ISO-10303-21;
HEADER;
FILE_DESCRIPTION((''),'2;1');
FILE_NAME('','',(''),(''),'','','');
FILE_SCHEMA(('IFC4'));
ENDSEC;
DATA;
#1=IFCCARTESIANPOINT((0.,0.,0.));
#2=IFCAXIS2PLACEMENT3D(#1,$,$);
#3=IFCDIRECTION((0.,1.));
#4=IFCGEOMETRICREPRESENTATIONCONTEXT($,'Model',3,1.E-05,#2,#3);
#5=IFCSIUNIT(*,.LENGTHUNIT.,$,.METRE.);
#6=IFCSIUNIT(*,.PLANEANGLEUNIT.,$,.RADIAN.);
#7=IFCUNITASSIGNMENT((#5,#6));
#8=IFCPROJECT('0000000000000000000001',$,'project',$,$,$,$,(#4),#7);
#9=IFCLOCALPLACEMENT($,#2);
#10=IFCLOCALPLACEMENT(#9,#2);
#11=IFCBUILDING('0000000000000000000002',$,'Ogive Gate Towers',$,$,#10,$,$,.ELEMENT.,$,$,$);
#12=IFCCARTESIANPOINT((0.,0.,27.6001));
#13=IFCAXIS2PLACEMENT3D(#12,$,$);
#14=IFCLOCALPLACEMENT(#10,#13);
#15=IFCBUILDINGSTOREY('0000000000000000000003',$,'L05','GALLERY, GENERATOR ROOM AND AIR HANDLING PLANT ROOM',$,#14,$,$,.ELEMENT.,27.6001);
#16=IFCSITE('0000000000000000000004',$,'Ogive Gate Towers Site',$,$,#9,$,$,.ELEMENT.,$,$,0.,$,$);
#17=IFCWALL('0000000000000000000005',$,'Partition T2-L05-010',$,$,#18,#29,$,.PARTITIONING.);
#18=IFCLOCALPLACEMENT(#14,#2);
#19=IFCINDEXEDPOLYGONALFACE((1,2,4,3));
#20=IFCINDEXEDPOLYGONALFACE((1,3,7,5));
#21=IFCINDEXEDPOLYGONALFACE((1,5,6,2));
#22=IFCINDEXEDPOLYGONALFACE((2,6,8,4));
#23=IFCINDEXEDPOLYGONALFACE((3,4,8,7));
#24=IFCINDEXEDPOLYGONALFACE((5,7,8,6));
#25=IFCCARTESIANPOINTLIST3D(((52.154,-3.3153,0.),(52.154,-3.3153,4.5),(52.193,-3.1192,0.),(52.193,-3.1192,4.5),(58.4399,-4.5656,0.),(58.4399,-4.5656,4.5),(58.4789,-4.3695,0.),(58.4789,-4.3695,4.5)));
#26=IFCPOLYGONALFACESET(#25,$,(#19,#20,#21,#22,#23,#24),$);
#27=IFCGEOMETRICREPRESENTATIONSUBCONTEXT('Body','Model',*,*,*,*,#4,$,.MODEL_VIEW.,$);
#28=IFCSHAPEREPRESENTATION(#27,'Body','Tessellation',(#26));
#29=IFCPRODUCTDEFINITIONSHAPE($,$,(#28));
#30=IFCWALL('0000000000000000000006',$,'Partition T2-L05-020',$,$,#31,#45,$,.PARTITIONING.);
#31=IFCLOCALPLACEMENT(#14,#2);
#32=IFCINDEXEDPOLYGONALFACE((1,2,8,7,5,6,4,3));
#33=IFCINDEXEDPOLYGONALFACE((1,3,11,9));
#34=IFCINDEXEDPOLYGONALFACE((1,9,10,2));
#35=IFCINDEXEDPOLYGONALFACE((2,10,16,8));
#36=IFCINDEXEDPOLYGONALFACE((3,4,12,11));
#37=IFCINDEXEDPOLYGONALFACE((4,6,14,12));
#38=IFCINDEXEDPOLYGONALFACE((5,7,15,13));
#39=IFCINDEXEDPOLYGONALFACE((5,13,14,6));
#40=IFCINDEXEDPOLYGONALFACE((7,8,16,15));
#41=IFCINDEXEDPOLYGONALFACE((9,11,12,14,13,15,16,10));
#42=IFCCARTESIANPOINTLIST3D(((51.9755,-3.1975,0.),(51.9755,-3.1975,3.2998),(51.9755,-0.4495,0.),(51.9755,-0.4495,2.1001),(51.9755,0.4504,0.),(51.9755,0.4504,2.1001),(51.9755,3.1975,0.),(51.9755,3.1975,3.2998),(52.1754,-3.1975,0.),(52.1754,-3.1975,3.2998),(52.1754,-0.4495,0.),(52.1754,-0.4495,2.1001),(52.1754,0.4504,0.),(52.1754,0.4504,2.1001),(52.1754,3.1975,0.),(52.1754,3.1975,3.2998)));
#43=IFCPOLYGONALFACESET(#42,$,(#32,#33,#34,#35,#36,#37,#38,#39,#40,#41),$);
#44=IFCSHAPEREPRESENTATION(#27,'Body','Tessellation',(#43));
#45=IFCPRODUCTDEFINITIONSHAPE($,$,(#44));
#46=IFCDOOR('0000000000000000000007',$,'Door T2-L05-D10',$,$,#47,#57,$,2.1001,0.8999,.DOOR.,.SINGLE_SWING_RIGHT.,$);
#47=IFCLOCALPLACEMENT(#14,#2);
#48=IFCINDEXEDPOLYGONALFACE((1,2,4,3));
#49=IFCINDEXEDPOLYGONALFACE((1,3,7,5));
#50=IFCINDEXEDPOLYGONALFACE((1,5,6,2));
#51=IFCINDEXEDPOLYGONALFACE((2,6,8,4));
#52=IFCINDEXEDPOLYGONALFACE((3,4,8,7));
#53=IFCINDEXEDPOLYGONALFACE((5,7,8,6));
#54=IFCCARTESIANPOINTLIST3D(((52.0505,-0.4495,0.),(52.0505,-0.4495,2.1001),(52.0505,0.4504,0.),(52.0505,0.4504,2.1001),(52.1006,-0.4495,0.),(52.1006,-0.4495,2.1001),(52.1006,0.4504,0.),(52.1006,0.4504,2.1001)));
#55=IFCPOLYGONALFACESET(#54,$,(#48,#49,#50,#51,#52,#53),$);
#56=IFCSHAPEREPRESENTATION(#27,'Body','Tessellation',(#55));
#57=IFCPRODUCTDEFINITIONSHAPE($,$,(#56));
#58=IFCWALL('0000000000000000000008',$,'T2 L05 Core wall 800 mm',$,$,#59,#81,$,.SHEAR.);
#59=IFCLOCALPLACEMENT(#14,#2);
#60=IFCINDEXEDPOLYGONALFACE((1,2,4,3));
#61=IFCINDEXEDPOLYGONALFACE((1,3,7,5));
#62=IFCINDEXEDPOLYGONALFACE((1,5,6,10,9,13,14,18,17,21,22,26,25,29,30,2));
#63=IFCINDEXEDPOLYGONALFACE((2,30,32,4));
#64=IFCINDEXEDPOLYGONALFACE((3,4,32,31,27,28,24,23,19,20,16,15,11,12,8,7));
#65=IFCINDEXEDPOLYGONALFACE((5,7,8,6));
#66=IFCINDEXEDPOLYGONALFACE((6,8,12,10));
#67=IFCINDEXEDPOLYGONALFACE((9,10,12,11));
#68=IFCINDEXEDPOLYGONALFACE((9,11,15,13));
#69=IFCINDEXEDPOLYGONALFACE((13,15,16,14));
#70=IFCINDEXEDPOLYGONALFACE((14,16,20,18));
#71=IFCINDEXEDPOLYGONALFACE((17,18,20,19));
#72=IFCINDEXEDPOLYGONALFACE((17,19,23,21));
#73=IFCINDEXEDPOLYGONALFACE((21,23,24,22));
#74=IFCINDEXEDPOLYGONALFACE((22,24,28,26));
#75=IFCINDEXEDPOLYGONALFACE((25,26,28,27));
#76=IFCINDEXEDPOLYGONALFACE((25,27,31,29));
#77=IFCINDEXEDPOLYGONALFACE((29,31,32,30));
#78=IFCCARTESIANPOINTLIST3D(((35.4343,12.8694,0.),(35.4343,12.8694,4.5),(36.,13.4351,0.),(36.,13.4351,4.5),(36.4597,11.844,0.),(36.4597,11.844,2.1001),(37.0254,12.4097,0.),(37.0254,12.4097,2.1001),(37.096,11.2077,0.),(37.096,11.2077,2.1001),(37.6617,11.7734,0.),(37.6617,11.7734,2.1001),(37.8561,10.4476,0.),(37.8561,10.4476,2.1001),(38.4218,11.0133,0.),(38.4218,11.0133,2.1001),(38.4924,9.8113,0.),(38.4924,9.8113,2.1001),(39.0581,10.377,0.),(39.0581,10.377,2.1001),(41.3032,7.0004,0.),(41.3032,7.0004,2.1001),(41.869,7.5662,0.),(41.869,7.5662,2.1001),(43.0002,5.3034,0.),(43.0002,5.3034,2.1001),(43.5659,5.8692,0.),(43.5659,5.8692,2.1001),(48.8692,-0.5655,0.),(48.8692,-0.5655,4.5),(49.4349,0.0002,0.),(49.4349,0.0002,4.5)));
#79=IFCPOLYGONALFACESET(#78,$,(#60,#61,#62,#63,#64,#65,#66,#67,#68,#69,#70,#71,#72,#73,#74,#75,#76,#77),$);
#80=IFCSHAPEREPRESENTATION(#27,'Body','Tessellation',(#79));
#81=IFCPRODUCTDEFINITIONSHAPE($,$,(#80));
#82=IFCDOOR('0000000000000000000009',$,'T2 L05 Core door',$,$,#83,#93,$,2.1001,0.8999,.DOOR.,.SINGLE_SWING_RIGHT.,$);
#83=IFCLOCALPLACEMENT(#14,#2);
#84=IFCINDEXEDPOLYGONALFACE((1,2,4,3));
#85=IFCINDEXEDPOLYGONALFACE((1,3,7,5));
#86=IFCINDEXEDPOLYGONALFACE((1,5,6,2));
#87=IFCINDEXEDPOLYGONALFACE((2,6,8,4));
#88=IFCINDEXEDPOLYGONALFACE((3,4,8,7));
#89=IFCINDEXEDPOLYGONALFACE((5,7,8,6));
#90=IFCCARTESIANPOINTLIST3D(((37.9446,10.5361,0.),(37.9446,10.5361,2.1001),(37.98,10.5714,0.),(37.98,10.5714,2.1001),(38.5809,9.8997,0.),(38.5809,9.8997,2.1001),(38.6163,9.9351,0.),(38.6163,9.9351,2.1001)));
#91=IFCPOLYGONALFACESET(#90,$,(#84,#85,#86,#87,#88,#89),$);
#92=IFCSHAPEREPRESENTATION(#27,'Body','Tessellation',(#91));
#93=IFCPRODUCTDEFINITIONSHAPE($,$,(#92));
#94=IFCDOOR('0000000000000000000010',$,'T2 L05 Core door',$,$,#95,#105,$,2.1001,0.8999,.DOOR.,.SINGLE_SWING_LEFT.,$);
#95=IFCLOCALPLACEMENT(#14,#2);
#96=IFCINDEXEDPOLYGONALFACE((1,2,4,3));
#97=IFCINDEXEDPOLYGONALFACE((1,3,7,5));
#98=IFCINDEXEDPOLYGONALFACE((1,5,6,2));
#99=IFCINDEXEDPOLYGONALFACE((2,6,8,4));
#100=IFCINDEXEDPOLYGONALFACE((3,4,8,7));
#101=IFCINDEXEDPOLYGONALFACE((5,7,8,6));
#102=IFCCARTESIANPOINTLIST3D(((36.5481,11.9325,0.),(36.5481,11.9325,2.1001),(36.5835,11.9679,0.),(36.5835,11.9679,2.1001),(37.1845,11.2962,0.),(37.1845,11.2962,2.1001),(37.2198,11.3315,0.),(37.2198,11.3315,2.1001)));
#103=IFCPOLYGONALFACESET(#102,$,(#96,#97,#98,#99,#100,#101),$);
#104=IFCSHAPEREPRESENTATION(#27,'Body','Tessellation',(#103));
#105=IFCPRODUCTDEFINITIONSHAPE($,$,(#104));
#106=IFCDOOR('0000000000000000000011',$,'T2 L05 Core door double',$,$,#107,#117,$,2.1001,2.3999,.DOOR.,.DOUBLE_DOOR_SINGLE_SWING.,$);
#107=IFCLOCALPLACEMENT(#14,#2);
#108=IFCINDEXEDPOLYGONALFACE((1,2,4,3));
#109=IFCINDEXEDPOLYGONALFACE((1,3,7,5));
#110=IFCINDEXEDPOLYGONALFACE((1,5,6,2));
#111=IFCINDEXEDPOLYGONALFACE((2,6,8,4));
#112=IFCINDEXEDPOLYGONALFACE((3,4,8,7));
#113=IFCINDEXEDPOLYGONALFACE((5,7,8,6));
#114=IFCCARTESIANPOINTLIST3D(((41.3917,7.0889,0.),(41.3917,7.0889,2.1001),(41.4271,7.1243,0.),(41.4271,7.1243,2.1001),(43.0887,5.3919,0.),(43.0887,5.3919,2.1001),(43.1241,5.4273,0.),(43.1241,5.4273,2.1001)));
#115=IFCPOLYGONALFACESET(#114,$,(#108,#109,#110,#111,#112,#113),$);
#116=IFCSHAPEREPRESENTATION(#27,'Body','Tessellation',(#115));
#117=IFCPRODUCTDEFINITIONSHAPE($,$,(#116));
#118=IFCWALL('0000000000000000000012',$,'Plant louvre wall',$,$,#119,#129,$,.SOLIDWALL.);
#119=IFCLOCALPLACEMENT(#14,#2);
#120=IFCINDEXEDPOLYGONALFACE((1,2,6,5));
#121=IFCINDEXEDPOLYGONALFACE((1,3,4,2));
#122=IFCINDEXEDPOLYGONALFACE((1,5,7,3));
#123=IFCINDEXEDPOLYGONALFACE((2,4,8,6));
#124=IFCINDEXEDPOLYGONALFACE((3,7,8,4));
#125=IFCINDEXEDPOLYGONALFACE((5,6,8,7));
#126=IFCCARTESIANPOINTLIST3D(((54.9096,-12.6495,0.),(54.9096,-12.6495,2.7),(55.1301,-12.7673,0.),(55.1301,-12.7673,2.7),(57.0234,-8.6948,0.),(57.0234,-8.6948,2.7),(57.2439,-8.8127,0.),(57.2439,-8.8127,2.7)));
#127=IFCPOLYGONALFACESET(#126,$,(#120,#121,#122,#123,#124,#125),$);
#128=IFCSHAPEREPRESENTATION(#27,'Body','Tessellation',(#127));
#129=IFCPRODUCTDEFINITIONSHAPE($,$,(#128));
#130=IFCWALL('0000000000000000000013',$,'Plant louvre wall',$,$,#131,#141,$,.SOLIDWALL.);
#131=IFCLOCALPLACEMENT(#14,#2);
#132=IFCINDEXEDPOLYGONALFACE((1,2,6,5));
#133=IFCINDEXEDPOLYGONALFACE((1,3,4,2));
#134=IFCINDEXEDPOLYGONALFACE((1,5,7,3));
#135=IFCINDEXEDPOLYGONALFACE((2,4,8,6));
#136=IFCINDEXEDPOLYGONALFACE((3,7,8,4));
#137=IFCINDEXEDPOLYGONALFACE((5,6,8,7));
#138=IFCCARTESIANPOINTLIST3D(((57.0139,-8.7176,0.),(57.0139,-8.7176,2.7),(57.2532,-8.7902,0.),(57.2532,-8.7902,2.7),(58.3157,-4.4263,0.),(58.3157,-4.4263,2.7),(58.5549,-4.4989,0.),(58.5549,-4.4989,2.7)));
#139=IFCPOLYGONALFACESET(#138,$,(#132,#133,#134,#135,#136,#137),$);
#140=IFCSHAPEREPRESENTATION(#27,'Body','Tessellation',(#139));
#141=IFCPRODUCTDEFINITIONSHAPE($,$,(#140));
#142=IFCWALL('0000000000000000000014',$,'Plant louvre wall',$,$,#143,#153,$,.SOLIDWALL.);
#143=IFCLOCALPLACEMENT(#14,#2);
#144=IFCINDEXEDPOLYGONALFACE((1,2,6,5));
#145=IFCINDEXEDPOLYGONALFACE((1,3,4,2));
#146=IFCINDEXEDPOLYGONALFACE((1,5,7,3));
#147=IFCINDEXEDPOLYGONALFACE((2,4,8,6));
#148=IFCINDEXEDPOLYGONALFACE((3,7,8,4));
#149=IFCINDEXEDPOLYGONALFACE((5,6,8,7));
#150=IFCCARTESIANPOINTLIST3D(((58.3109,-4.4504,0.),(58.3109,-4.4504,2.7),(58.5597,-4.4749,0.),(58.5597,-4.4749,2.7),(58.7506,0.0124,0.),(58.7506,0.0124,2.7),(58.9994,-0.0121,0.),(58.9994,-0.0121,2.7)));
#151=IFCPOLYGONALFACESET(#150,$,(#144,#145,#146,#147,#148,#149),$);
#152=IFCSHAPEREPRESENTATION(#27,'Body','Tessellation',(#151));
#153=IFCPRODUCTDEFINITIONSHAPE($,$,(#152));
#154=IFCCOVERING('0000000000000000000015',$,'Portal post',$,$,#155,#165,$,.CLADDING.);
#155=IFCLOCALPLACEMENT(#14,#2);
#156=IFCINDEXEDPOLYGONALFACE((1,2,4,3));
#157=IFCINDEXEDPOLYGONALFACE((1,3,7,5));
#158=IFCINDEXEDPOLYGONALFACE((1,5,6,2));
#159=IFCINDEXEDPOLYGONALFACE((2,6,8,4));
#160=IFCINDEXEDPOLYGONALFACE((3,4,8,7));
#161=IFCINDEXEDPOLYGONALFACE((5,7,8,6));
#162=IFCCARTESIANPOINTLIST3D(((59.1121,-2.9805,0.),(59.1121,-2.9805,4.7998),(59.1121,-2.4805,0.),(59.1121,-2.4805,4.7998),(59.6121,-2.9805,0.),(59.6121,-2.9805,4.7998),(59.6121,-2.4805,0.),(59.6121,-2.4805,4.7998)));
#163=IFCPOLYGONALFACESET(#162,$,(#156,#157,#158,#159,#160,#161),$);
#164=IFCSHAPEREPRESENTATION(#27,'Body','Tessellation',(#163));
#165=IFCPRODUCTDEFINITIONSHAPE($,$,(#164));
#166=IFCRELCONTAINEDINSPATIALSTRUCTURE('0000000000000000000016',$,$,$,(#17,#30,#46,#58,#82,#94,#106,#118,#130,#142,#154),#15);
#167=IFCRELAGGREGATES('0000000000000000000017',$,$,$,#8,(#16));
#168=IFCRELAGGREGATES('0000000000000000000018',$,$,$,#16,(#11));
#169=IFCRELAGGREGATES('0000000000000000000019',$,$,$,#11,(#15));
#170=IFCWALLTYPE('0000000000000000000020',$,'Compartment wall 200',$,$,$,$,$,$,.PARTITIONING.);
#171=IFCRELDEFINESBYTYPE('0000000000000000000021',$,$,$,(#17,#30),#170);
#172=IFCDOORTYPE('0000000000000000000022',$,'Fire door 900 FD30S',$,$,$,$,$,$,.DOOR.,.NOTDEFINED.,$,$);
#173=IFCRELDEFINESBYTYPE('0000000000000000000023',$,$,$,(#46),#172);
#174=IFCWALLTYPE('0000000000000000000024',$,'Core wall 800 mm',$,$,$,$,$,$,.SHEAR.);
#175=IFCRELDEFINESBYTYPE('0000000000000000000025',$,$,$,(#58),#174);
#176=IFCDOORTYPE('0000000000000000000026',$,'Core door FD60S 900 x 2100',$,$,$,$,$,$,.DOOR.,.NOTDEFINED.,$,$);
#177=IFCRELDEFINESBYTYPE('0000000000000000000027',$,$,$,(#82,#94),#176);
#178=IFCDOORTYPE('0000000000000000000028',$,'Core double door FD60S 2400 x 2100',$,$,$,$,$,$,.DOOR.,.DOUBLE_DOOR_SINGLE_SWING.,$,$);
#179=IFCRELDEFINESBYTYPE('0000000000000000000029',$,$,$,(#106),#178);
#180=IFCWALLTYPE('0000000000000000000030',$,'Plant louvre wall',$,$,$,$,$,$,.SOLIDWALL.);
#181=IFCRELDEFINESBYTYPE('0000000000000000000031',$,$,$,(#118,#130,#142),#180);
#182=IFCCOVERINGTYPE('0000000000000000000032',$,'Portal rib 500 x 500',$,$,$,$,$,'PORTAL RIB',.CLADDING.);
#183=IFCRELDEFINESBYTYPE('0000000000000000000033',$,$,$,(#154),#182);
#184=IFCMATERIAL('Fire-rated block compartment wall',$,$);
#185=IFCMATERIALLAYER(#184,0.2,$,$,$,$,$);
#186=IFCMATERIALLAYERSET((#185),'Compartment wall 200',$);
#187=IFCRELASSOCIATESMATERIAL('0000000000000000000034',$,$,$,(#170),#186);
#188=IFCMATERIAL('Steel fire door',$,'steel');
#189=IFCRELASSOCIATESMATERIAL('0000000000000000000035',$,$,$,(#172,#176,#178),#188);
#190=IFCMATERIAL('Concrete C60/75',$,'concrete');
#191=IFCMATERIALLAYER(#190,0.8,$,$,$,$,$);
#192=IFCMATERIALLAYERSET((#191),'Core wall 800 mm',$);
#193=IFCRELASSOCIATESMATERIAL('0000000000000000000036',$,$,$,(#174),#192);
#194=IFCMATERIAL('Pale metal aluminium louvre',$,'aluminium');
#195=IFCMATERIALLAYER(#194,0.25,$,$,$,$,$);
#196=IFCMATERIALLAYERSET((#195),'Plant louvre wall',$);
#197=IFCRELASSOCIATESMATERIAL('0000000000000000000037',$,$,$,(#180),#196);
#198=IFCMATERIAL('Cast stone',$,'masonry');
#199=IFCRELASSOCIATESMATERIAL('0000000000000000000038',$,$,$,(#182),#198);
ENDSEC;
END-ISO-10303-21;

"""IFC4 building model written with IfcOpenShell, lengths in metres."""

from ifc_helpers import new_model, si_unit, direction, frame, frame_2d, origin, origin_2d, place, context, subcontext, project, spatial, rectangle, extrude, material, layer, layer_set, material_profile, profile_set, type_object, element, fill, save


model = new_model("IFC4")

# Units and contexts
model_context = context("Model", 3, precision=1e-05, world=origin(), true_north=direction((0.0, 1.0)))
body_context = subcontext(model_context, "Body", "Model", "MODEL_VIEW")
ifc_project = project(units=[si_unit("LENGTHUNIT", "METRE"), si_unit("PLANEANGLEUNIT", "RADIAN")], contexts=[model_context])

# Site, building, storey
site_placement = place(None, origin())
site = spatial("IfcSite", under=ifc_project, at=site_placement, Name="Ogive Gate Towers Site", CompositionType="ELEMENT", RefElevation=0.0)
building_placement = place(site_placement, origin())
building = spatial("IfcBuilding", under=site, at=building_placement, Name="Ogive Gate Towers", CompositionType="ELEMENT")
storey_placement = place(building_placement, frame((0.0, 0.0, 27.6001)))
storey = spatial("IfcBuildingStorey", under=building, at=storey_placement, Name="L05", Description="GALLERY, GENERATOR ROOM AND AIR HANDLING PLANT ROOM", CompositionType="ELEMENT", Elevation=27.6001)

# Wall
ifc_material_1 = material(Name="Fire-rated block compartment wall")
ifc_layer_1 = layer(ifc_material_1, 0.2)
ifc_layer_set_1 = layer_set([ifc_layer_1], Name="Compartment wall 200")
wall_type_1 = type_object("IfcWallType", Name="Compartment wall 200", PredefinedType="PARTITIONING", material=ifc_layer_set_1)
wall_1_placement = place(storey_placement, frame((58.4595, -4.4675, 0.0), z_axis=(0.0, 0.0, 1.0), x_axis=(-0.980788, 0.195076, 0.0)))
element("IfcWall", 1, at=wall_1_placement, inside=storey, type_object=wall_type_1, Name="Partition T2-L05-010", PredefinedType="PARTITIONING", context=body_context, shape_type="SweptSolid", body=[
    extrude(rectangle(XDim=6.4089, YDim=0.2, at=frame_2d((3.2046, 0.0))), origin(), (0.0, 0.0, 1.0), 4.5),
])

# Wall, opening, door
wall_2_placement = place(storey_placement, frame((52.0754, -3.1975, 0.0), z_axis=(0.0, 0.0, 1.0), x_axis=(0.0, 1.0, 0.0)))
wall_2 = element("IfcWall", 2, at=wall_2_placement, inside=storey, type_object=wall_type_1, Name="Partition T2-L05-020", PredefinedType="PARTITIONING", context=body_context, shape_type="SweptSolid", body=[
    extrude(rectangle(XDim=6.395, YDim=0.2, at=frame_2d((3.1975, 0.0))), origin(), (0.0, 0.0, 1.0), 3.2998),
])
opening_1_placement = place(wall_2_placement, frame((2.748, 0.0, 0.0)))
opening_1 = element("IfcOpeningElement", 3, at=opening_1_placement, cuts=wall_2, PredefinedType="OPENING", context=body_context, shape_type="SweptSolid", body=[
    extrude(rectangle(XDim=0.8999, YDim=2.1001, at=frame_2d((0.45, 1.05))), frame((0.0, 0.1099, 0.0), z_axis=(0.0, -1.0, 0.0), x_axis=(1.0, 0.0, 0.0)), (0.0, 0.0, 1.0), 0.22),
])
ifc_material_2 = material(Name="Steel fire door", Category="steel")
door_type_1 = type_object("IfcDoorType", Name="Fire door 900 FD30S", OperationType="NOTDEFINED", PredefinedType="DOOR", material=ifc_material_2)
door_1_placement = place(opening_1_placement, origin())
door_1 = element("IfcDoor", 4, at=door_1_placement, inside=storey, type_object=door_type_1, Name="Door T2-L05-D10", OperationType="SINGLE_SWING_RIGHT", OverallHeight=2.1001, OverallWidth=0.8999, PredefinedType="DOOR", context=body_context, shape_type="SweptSolid", body=[
    extrude(rectangle(XDim=0.8999, YDim=2.1001, at=frame_2d((0.45, 1.05))), frame((0.0, 0.0249, 0.0), z_axis=(0.0, -1.0, 0.0), x_axis=(1.0, 0.0, 0.0)), (0.0, 0.0, 1.0), 0.05),
])
fill(opening_1, door_1)

# Wall, openings, doors
ifc_material_3 = material(Name="Concrete C60/75", Category="concrete")
ifc_layer_2 = layer(ifc_material_3, 0.8)
ifc_layer_set_2 = layer_set([ifc_layer_2], Name="Core wall 800 mm")
wall_type_2 = type_object("IfcWallType", Name="Core wall 800 mm", PredefinedType="SHEAR", material=ifc_layer_set_2)
wall_3_placement = place(storey_placement, frame((49.1521, -0.2827, 0.0), z_axis=(0.0, 0.0, 1.0), x_axis=(-0.707107, 0.707107, 0.0)))
wall_3 = element("IfcWall", 5, at=wall_3_placement, inside=storey, type_object=wall_type_2, Name="T2 L05 Core wall 800 mm", PredefinedType="SHEAR", context=body_context, shape_type="SweptSolid", body=[
    extrude(rectangle(XDim=18.9998, YDim=0.8, at=frame_2d((9.5, 0.0))), origin(), (0.0, 0.0, 1.0), 4.5),
])
opening_2_placement = place(wall_3_placement, frame((8.3, 0.0, 0.0)))
opening_2 = element("IfcOpeningElement", 6, at=opening_2_placement, cuts=wall_3, PredefinedType="OPENING", context=body_context, shape_type="SweptSolid", body=[
    extrude(rectangle(XDim=2.3999, YDim=2.1001, at=frame_2d((1.2, 1.05))), frame((0.0, 0.4102, 0.0), z_axis=(0.0, -1.0, 0.0), x_axis=(1.0, 0.0, 0.0)), (0.0, 0.0, 1.0), 0.8201),
])
opening_3_placement = place(wall_3_placement, frame((14.675, 0.0, 0.0)))
opening_3 = element("IfcOpeningElement", 7, at=opening_3_placement, cuts=wall_3, PredefinedType="OPENING", context=body_context, shape_type="SweptSolid", body=[
    extrude(rectangle(XDim=0.8999, YDim=2.1001, at=frame_2d((0.45, 1.05))), frame((0.0, 0.4102, 0.0), z_axis=(0.0, -1.0, 0.0), x_axis=(1.0, 0.0, 0.0)), (0.0, 0.0, 1.0), 0.8201),
])
opening_4_placement = place(wall_3_placement, frame((16.6499, 0.0, 0.0)))
opening_4 = element("IfcOpeningElement", 8, at=opening_4_placement, cuts=wall_3, PredefinedType="OPENING", context=body_context, shape_type="SweptSolid", body=[
    extrude(rectangle(XDim=0.8999, YDim=2.1001, at=frame_2d((0.45, 1.05))), frame((0.0, 0.4102, 0.0), z_axis=(0.0, -1.0, 0.0), x_axis=(1.0, 0.0, 0.0)), (0.0, 0.0, 1.0), 0.8201),
])
door_type_2 = type_object("IfcDoorType", Name="Core door FD60S 900 x 2100", OperationType="NOTDEFINED", PredefinedType="DOOR", material=ifc_material_2)
door_2_placement = place(opening_3_placement, origin())
door_2 = element("IfcDoor", 9, at=door_2_placement, inside=storey, type_object=door_type_2, Name="T2 L05 Core door", OperationType="SINGLE_SWING_RIGHT", OverallHeight=2.1001, OverallWidth=0.8999, PredefinedType="DOOR", context=body_context, shape_type="SweptSolid", body=[
    extrude(rectangle(XDim=0.8999, YDim=2.1001, at=frame_2d((0.45, 1.05))), frame((0.0, 0.2749, 0.0), z_axis=(0.0, -1.0, 0.0), x_axis=(1.0, 0.0, 0.0)), (0.0, 0.0, 1.0), 0.05),
])
fill(opening_3, door_2)
door_3_placement = place(opening_4_placement, origin())
door_3 = element("IfcDoor", 10, at=door_3_placement, inside=storey, type_object=door_type_2, Name="T2 L05 Core door", OperationType="SINGLE_SWING_LEFT", OverallHeight=2.1001, OverallWidth=0.8999, PredefinedType="DOOR", context=body_context, shape_type="SweptSolid", body=[
    extrude(rectangle(XDim=0.8999, YDim=2.1001, at=frame_2d((0.45, 1.05))), frame((0.0, 0.2749, 0.0), z_axis=(0.0, -1.0, 0.0), x_axis=(1.0, 0.0, 0.0)), (0.0, 0.0, 1.0), 0.05),
])
fill(opening_4, door_3)
door_type_3 = type_object("IfcDoorType", Name="Core double door FD60S 2400 x 2100", OperationType="DOUBLE_DOOR_SINGLE_SWING", PredefinedType="DOOR", material=ifc_material_2)
door_4_placement = place(opening_2_placement, origin())
door_4 = element("IfcDoor", 11, at=door_4_placement, inside=storey, type_object=door_type_3, Name="T2 L05 Core door double", OperationType="DOUBLE_DOOR_SINGLE_SWING", OverallHeight=2.1001, OverallWidth=2.3999, PredefinedType="DOOR", context=body_context, shape_type="SweptSolid", body=[
    extrude(rectangle(XDim=2.3999, YDim=2.1001, at=frame_2d((1.2, 1.05))), frame((0.0, 0.2749, 0.0), z_axis=(0.0, -1.0, 0.0), x_axis=(1.0, 0.0, 0.0)), (0.0, 0.0, 1.0), 0.05),
])
fill(opening_2, door_4)

# Walls
ifc_material_4 = material(Name="Pale metal aluminium louvre", Category="aluminium")
ifc_layer_3 = layer(ifc_material_4, 0.25)
ifc_layer_set_3 = layer_set([ifc_layer_3], Name="Plant louvre wall")
wall_type_3 = type_object("IfcWallType", Name="Plant louvre wall", PredefinedType="SOLIDWALL", material=ifc_layer_set_3)
wall_4_placement = place(storey_placement, frame((55.0198, -12.7085, 0.0), z_axis=(0.0, 0.0, 1.0), x_axis=(0.471396, 0.881922, 0.0)))
element("IfcWall", 12, at=wall_4_placement, inside=storey, type_object=wall_type_3, Name="Plant louvre wall", PredefinedType="SOLIDWALL", context=body_context, shape_type="SweptSolid", body=[
    extrude(rectangle(XDim=4.4841, YDim=0.25, at=frame_2d((2.2422, 0.0))), origin(), (0.0, 0.0, 1.0), 2.7),
])
for number, where, z_axis, x_axis, name in (
    (13, (57.1335, -8.7539, 0.0), (0.0, 0.0, 1.0), (0.290288, 0.956939, 0.0), "Plant louvre wall"),
    (14, (58.4353, -4.4626, 0.0), (0.0, 0.0, 1.0), (0.098054, 0.995181, 0.0), "Plant louvre wall"),
):
    element("IfcWall", number, at=place(storey_placement, frame(where, z_axis=z_axis, x_axis=x_axis)), inside=storey, type_object=wall_type_3, Name=name, PredefinedType="SOLIDWALL", context=body_context, shape_type="SweptSolid", body=[
        extrude(rectangle(XDim=4.4844, YDim=0.25, at=frame_2d((2.2422, 0.0))), origin(), (0.0, 0.0, 1.0), 2.7),
    ])

# Covering
ifc_material_5 = material(Name="Cast stone", Category="masonry")
ifc_material_profile_1 = material_profile(ifc_material_5, rectangle(XDim=0.5, YDim=0.5, at=origin_2d()), Name="500 x 500 cast stone")
ifc_profile_set_1 = profile_set([ifc_material_profile_1], Name="Cast stone")
covering_type = type_object("IfcCoveringType", Name="Portal rib 500 x 500", ElementType="PORTAL RIB", PredefinedType="CLADDING", material=ifc_profile_set_1)
for number, where, z_axis, x_axis, name in (
    (15, (59.3621, -2.7305, 0.0), (0.0, 0.0, 1.0), (1.0, 0.0, 0.0), "Portal post"),
):
    element("IfcCovering", number, at=place(storey_placement, frame(where, z_axis=z_axis, x_axis=x_axis)), inside=storey, type_object=covering_type, Name=name, PredefinedType="CLADDING", context=body_context, shape_type="SweptSolid", body=[
        extrude(rectangle(XDim=0.5, YDim=0.5, at=origin_2d()), origin(), (0.0, 0.0, 1.0), 4.7998),
    ])

save(model, "model.ifc")
